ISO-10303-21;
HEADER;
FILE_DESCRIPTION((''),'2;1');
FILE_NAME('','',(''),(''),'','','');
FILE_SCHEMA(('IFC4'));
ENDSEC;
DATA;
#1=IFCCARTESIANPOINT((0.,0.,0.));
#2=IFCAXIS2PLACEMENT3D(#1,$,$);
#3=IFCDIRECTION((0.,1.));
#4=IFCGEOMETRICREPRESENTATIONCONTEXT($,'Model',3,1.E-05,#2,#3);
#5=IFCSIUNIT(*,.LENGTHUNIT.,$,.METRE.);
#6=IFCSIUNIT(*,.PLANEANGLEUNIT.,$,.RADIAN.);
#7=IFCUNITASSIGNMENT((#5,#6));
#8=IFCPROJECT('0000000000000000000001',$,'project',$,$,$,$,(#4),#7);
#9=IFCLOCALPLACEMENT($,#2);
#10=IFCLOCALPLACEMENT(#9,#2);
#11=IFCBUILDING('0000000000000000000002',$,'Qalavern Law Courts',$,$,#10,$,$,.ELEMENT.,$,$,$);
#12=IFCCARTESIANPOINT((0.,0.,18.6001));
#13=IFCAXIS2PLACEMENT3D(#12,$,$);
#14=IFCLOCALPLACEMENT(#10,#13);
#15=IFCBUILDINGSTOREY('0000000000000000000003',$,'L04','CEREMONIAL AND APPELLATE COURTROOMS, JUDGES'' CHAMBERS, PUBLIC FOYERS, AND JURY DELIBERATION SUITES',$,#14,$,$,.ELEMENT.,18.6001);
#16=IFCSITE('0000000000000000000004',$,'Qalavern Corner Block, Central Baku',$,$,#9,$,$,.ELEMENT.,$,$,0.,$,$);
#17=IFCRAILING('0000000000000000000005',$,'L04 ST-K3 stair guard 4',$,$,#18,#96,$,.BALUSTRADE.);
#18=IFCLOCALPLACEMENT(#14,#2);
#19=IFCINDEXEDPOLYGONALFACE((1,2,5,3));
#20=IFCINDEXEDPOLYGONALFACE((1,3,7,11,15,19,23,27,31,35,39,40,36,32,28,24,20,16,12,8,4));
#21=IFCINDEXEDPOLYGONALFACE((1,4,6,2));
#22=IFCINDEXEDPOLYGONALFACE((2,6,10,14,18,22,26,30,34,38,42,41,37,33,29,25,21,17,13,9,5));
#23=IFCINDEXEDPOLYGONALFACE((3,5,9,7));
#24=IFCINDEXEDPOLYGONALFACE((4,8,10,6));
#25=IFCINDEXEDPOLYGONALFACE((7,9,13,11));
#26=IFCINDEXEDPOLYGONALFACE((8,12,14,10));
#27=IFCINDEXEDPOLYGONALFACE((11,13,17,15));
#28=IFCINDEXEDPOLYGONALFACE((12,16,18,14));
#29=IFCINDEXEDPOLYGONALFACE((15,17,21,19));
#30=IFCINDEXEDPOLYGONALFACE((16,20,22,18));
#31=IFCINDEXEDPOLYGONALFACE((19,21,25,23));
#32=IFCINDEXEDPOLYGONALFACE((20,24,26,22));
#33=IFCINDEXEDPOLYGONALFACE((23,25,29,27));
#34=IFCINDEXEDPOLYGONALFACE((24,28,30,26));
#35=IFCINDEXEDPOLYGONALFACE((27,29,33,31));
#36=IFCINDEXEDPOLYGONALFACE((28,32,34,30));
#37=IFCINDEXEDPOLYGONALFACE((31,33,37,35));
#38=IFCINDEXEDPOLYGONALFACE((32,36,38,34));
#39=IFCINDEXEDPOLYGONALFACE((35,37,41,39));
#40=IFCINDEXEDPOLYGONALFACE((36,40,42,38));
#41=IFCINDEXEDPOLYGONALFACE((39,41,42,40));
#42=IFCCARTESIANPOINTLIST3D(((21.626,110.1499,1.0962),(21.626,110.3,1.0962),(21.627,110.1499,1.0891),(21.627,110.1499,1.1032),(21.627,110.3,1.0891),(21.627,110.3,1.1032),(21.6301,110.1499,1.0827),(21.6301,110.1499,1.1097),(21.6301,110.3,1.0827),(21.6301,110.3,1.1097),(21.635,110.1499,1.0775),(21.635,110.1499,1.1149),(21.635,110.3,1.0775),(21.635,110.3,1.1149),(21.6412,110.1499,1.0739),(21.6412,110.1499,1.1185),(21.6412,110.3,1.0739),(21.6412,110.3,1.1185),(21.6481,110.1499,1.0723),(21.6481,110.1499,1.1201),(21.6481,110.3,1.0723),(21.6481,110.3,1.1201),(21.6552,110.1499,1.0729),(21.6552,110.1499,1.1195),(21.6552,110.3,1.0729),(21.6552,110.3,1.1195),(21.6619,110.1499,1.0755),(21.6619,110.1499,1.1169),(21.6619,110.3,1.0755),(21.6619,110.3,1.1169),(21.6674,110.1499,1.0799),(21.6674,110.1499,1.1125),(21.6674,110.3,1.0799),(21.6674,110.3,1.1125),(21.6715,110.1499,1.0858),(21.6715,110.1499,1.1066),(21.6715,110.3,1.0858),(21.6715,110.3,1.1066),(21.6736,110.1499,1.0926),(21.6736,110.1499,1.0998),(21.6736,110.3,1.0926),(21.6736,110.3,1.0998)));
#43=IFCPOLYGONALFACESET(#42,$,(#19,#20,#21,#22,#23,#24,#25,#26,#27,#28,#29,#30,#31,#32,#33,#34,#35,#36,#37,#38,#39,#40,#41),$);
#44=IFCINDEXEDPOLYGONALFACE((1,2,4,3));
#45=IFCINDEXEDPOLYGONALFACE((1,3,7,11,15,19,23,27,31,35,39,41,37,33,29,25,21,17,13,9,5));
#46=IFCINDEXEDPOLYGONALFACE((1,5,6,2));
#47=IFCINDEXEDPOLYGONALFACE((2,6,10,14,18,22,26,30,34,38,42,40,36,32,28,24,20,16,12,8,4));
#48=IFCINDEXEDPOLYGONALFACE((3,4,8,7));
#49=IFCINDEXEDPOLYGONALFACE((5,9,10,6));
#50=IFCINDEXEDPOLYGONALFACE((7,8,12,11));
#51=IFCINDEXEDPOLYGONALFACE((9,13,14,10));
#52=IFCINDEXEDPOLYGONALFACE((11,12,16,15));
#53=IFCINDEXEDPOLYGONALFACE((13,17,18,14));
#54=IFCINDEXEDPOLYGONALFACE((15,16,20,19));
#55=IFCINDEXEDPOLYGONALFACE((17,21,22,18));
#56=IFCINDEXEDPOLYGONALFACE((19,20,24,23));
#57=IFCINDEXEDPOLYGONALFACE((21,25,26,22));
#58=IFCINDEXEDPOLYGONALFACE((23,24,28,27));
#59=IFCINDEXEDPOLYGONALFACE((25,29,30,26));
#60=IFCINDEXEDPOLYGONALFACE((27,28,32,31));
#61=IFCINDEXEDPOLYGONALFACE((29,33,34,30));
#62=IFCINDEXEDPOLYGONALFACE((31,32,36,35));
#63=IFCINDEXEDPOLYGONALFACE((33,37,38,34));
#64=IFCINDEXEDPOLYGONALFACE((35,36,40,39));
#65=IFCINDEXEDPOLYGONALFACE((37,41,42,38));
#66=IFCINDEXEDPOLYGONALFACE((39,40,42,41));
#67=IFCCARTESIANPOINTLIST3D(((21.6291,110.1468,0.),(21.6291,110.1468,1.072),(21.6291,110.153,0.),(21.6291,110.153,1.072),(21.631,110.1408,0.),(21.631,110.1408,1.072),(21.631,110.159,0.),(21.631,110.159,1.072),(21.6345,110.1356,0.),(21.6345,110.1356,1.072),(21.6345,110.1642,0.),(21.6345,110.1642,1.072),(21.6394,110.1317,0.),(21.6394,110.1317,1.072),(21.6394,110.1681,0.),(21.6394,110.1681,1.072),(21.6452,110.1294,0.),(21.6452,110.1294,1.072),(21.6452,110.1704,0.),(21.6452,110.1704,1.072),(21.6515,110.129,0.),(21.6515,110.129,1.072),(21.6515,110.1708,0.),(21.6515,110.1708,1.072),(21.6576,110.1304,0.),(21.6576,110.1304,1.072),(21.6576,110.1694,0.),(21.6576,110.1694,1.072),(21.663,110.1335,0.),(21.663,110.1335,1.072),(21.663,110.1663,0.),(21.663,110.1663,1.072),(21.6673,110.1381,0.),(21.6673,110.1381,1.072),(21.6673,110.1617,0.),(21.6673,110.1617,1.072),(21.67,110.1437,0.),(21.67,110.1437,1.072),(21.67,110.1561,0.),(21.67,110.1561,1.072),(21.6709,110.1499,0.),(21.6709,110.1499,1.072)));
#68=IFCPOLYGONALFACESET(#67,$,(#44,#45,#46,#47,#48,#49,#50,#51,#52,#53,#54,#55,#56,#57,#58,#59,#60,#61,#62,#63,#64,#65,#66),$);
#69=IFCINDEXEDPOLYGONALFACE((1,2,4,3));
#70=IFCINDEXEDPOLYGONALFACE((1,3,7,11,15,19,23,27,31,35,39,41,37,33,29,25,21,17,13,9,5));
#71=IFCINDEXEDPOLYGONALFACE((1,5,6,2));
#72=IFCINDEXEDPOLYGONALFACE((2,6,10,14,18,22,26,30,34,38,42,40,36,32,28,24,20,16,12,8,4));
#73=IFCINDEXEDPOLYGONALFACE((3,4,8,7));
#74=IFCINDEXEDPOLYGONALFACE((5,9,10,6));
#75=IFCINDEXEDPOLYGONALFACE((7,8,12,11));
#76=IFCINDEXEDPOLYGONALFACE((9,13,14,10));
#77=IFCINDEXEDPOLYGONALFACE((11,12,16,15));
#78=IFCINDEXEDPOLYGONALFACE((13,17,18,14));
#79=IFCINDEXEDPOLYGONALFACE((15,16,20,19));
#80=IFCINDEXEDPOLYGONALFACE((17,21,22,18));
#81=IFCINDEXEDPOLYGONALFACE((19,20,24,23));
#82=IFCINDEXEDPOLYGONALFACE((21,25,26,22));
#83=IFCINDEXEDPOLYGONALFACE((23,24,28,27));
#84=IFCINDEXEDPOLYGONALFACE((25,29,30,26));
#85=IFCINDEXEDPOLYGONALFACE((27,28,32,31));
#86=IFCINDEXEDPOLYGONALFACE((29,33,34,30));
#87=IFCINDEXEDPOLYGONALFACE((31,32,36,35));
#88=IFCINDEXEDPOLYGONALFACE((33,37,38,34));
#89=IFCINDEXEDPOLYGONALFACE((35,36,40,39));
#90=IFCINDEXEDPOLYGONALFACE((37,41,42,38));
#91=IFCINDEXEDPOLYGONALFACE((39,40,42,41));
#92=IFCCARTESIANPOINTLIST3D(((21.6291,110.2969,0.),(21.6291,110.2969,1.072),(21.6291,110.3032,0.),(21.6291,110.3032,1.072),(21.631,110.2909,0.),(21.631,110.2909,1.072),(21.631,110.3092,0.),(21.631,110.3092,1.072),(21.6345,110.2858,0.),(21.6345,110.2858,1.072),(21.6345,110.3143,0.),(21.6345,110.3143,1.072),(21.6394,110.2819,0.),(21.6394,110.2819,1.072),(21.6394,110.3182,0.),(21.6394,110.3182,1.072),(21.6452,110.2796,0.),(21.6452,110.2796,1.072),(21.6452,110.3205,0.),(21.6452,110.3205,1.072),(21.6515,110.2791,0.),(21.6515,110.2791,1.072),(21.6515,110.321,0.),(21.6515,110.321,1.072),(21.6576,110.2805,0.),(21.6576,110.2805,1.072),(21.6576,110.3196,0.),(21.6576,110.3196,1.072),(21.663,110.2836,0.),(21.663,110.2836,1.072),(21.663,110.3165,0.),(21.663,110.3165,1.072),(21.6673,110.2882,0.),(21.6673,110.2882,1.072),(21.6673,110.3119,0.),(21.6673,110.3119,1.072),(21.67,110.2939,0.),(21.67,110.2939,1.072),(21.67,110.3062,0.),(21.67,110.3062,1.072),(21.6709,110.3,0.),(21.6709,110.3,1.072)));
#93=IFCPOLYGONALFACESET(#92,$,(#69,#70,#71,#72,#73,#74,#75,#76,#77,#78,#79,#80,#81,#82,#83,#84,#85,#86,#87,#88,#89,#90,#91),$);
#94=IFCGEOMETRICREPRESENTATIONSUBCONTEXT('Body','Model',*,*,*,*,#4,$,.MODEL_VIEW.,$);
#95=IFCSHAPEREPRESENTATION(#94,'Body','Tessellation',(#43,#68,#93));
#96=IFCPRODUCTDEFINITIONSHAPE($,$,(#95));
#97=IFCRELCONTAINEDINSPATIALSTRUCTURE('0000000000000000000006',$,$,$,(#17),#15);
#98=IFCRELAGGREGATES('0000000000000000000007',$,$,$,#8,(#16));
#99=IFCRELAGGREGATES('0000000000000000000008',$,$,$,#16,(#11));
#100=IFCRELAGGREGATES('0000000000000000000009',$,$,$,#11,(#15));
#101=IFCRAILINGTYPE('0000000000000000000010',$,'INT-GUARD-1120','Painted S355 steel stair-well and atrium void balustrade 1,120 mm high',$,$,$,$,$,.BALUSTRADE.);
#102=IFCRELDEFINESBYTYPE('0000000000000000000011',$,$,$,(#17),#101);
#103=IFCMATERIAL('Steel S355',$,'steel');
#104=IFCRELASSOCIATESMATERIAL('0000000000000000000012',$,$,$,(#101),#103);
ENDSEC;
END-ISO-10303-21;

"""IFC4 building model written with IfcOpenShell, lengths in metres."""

from ifc_helpers import new_model, si_unit, direction, frame, origin, origin_2d, place, context, subcontext, project, spatial, circle, extrude, material, type_object, element, save


model = new_model("IFC4")

# Units and contexts
model_context = context("Model", 3, precision=1e-05, world=origin(), true_north=direction((0.0, 1.0)))
body_context = subcontext(model_context, "Body", "Model", "MODEL_VIEW")
ifc_project = project(units=[si_unit("LENGTHUNIT", "METRE"), si_unit("PLANEANGLEUNIT", "RADIAN")], contexts=[model_context])

# Site, building, storey
site_placement = place(None, origin())
site = spatial("IfcSite", under=ifc_project, at=site_placement, Name="Qalavern Corner Block, Central Baku", CompositionType="ELEMENT", RefElevation=0.0)
building_placement = place(site_placement, origin())
building = spatial("IfcBuilding", under=site, at=building_placement, Name="Qalavern Law Courts", CompositionType="ELEMENT")
storey_placement = place(building_placement, frame((0.0, 0.0, 18.6001)))
storey = spatial("IfcBuildingStorey", under=building, at=storey_placement, Name="L04", Description="CEREMONIAL AND APPELLATE COURTROOMS, JUDGES' CHAMBERS, PUBLIC FOYERS, AND JURY DELIBERATION SUITES", CompositionType="ELEMENT", Elevation=18.6001)

# Shared definitions
ifc_material_1 = material(Name="Steel S355", Category="steel")

# Railing
railing_type_1 = type_object("IfcRailingType", Name="INT-GUARD-1120", Description="Painted S355 steel stair-well and atrium void balustrade 1,120 mm high", PredefinedType="BALUSTRADE", material=ifc_material_1)
railing_1_placement = place(storey_placement, frame((21.6499, 110.1499, 0.0)))
element("IfcRailing", 1, at=railing_1_placement, inside=storey, type_object=railing_type_1, Name="L04 ST-K3 stair guard 4", PredefinedType="BALUSTRADE", context=body_context, shape_type="SweptSolid", body=[
    extrude(circle(Radius=0.0239, at=origin_2d()), frame((0.0, 0.0, 1.0962), z_axis=(0.0, 1.0, 0.0), x_axis=(-1.0, 0.0, 0.0)), (0.0, 0.0, 1.0), 0.1501),
    extrude(circle(Radius=0.021, at=origin_2d()), origin(), (0.0, 0.0, 1.0), 1.072),
    extrude(circle(Radius=0.021, at=origin_2d()), frame((0.0, 0.1501, 0.0)), (0.0, 0.0, 1.0), 1.072),
])

save(model, "model.ifc")
